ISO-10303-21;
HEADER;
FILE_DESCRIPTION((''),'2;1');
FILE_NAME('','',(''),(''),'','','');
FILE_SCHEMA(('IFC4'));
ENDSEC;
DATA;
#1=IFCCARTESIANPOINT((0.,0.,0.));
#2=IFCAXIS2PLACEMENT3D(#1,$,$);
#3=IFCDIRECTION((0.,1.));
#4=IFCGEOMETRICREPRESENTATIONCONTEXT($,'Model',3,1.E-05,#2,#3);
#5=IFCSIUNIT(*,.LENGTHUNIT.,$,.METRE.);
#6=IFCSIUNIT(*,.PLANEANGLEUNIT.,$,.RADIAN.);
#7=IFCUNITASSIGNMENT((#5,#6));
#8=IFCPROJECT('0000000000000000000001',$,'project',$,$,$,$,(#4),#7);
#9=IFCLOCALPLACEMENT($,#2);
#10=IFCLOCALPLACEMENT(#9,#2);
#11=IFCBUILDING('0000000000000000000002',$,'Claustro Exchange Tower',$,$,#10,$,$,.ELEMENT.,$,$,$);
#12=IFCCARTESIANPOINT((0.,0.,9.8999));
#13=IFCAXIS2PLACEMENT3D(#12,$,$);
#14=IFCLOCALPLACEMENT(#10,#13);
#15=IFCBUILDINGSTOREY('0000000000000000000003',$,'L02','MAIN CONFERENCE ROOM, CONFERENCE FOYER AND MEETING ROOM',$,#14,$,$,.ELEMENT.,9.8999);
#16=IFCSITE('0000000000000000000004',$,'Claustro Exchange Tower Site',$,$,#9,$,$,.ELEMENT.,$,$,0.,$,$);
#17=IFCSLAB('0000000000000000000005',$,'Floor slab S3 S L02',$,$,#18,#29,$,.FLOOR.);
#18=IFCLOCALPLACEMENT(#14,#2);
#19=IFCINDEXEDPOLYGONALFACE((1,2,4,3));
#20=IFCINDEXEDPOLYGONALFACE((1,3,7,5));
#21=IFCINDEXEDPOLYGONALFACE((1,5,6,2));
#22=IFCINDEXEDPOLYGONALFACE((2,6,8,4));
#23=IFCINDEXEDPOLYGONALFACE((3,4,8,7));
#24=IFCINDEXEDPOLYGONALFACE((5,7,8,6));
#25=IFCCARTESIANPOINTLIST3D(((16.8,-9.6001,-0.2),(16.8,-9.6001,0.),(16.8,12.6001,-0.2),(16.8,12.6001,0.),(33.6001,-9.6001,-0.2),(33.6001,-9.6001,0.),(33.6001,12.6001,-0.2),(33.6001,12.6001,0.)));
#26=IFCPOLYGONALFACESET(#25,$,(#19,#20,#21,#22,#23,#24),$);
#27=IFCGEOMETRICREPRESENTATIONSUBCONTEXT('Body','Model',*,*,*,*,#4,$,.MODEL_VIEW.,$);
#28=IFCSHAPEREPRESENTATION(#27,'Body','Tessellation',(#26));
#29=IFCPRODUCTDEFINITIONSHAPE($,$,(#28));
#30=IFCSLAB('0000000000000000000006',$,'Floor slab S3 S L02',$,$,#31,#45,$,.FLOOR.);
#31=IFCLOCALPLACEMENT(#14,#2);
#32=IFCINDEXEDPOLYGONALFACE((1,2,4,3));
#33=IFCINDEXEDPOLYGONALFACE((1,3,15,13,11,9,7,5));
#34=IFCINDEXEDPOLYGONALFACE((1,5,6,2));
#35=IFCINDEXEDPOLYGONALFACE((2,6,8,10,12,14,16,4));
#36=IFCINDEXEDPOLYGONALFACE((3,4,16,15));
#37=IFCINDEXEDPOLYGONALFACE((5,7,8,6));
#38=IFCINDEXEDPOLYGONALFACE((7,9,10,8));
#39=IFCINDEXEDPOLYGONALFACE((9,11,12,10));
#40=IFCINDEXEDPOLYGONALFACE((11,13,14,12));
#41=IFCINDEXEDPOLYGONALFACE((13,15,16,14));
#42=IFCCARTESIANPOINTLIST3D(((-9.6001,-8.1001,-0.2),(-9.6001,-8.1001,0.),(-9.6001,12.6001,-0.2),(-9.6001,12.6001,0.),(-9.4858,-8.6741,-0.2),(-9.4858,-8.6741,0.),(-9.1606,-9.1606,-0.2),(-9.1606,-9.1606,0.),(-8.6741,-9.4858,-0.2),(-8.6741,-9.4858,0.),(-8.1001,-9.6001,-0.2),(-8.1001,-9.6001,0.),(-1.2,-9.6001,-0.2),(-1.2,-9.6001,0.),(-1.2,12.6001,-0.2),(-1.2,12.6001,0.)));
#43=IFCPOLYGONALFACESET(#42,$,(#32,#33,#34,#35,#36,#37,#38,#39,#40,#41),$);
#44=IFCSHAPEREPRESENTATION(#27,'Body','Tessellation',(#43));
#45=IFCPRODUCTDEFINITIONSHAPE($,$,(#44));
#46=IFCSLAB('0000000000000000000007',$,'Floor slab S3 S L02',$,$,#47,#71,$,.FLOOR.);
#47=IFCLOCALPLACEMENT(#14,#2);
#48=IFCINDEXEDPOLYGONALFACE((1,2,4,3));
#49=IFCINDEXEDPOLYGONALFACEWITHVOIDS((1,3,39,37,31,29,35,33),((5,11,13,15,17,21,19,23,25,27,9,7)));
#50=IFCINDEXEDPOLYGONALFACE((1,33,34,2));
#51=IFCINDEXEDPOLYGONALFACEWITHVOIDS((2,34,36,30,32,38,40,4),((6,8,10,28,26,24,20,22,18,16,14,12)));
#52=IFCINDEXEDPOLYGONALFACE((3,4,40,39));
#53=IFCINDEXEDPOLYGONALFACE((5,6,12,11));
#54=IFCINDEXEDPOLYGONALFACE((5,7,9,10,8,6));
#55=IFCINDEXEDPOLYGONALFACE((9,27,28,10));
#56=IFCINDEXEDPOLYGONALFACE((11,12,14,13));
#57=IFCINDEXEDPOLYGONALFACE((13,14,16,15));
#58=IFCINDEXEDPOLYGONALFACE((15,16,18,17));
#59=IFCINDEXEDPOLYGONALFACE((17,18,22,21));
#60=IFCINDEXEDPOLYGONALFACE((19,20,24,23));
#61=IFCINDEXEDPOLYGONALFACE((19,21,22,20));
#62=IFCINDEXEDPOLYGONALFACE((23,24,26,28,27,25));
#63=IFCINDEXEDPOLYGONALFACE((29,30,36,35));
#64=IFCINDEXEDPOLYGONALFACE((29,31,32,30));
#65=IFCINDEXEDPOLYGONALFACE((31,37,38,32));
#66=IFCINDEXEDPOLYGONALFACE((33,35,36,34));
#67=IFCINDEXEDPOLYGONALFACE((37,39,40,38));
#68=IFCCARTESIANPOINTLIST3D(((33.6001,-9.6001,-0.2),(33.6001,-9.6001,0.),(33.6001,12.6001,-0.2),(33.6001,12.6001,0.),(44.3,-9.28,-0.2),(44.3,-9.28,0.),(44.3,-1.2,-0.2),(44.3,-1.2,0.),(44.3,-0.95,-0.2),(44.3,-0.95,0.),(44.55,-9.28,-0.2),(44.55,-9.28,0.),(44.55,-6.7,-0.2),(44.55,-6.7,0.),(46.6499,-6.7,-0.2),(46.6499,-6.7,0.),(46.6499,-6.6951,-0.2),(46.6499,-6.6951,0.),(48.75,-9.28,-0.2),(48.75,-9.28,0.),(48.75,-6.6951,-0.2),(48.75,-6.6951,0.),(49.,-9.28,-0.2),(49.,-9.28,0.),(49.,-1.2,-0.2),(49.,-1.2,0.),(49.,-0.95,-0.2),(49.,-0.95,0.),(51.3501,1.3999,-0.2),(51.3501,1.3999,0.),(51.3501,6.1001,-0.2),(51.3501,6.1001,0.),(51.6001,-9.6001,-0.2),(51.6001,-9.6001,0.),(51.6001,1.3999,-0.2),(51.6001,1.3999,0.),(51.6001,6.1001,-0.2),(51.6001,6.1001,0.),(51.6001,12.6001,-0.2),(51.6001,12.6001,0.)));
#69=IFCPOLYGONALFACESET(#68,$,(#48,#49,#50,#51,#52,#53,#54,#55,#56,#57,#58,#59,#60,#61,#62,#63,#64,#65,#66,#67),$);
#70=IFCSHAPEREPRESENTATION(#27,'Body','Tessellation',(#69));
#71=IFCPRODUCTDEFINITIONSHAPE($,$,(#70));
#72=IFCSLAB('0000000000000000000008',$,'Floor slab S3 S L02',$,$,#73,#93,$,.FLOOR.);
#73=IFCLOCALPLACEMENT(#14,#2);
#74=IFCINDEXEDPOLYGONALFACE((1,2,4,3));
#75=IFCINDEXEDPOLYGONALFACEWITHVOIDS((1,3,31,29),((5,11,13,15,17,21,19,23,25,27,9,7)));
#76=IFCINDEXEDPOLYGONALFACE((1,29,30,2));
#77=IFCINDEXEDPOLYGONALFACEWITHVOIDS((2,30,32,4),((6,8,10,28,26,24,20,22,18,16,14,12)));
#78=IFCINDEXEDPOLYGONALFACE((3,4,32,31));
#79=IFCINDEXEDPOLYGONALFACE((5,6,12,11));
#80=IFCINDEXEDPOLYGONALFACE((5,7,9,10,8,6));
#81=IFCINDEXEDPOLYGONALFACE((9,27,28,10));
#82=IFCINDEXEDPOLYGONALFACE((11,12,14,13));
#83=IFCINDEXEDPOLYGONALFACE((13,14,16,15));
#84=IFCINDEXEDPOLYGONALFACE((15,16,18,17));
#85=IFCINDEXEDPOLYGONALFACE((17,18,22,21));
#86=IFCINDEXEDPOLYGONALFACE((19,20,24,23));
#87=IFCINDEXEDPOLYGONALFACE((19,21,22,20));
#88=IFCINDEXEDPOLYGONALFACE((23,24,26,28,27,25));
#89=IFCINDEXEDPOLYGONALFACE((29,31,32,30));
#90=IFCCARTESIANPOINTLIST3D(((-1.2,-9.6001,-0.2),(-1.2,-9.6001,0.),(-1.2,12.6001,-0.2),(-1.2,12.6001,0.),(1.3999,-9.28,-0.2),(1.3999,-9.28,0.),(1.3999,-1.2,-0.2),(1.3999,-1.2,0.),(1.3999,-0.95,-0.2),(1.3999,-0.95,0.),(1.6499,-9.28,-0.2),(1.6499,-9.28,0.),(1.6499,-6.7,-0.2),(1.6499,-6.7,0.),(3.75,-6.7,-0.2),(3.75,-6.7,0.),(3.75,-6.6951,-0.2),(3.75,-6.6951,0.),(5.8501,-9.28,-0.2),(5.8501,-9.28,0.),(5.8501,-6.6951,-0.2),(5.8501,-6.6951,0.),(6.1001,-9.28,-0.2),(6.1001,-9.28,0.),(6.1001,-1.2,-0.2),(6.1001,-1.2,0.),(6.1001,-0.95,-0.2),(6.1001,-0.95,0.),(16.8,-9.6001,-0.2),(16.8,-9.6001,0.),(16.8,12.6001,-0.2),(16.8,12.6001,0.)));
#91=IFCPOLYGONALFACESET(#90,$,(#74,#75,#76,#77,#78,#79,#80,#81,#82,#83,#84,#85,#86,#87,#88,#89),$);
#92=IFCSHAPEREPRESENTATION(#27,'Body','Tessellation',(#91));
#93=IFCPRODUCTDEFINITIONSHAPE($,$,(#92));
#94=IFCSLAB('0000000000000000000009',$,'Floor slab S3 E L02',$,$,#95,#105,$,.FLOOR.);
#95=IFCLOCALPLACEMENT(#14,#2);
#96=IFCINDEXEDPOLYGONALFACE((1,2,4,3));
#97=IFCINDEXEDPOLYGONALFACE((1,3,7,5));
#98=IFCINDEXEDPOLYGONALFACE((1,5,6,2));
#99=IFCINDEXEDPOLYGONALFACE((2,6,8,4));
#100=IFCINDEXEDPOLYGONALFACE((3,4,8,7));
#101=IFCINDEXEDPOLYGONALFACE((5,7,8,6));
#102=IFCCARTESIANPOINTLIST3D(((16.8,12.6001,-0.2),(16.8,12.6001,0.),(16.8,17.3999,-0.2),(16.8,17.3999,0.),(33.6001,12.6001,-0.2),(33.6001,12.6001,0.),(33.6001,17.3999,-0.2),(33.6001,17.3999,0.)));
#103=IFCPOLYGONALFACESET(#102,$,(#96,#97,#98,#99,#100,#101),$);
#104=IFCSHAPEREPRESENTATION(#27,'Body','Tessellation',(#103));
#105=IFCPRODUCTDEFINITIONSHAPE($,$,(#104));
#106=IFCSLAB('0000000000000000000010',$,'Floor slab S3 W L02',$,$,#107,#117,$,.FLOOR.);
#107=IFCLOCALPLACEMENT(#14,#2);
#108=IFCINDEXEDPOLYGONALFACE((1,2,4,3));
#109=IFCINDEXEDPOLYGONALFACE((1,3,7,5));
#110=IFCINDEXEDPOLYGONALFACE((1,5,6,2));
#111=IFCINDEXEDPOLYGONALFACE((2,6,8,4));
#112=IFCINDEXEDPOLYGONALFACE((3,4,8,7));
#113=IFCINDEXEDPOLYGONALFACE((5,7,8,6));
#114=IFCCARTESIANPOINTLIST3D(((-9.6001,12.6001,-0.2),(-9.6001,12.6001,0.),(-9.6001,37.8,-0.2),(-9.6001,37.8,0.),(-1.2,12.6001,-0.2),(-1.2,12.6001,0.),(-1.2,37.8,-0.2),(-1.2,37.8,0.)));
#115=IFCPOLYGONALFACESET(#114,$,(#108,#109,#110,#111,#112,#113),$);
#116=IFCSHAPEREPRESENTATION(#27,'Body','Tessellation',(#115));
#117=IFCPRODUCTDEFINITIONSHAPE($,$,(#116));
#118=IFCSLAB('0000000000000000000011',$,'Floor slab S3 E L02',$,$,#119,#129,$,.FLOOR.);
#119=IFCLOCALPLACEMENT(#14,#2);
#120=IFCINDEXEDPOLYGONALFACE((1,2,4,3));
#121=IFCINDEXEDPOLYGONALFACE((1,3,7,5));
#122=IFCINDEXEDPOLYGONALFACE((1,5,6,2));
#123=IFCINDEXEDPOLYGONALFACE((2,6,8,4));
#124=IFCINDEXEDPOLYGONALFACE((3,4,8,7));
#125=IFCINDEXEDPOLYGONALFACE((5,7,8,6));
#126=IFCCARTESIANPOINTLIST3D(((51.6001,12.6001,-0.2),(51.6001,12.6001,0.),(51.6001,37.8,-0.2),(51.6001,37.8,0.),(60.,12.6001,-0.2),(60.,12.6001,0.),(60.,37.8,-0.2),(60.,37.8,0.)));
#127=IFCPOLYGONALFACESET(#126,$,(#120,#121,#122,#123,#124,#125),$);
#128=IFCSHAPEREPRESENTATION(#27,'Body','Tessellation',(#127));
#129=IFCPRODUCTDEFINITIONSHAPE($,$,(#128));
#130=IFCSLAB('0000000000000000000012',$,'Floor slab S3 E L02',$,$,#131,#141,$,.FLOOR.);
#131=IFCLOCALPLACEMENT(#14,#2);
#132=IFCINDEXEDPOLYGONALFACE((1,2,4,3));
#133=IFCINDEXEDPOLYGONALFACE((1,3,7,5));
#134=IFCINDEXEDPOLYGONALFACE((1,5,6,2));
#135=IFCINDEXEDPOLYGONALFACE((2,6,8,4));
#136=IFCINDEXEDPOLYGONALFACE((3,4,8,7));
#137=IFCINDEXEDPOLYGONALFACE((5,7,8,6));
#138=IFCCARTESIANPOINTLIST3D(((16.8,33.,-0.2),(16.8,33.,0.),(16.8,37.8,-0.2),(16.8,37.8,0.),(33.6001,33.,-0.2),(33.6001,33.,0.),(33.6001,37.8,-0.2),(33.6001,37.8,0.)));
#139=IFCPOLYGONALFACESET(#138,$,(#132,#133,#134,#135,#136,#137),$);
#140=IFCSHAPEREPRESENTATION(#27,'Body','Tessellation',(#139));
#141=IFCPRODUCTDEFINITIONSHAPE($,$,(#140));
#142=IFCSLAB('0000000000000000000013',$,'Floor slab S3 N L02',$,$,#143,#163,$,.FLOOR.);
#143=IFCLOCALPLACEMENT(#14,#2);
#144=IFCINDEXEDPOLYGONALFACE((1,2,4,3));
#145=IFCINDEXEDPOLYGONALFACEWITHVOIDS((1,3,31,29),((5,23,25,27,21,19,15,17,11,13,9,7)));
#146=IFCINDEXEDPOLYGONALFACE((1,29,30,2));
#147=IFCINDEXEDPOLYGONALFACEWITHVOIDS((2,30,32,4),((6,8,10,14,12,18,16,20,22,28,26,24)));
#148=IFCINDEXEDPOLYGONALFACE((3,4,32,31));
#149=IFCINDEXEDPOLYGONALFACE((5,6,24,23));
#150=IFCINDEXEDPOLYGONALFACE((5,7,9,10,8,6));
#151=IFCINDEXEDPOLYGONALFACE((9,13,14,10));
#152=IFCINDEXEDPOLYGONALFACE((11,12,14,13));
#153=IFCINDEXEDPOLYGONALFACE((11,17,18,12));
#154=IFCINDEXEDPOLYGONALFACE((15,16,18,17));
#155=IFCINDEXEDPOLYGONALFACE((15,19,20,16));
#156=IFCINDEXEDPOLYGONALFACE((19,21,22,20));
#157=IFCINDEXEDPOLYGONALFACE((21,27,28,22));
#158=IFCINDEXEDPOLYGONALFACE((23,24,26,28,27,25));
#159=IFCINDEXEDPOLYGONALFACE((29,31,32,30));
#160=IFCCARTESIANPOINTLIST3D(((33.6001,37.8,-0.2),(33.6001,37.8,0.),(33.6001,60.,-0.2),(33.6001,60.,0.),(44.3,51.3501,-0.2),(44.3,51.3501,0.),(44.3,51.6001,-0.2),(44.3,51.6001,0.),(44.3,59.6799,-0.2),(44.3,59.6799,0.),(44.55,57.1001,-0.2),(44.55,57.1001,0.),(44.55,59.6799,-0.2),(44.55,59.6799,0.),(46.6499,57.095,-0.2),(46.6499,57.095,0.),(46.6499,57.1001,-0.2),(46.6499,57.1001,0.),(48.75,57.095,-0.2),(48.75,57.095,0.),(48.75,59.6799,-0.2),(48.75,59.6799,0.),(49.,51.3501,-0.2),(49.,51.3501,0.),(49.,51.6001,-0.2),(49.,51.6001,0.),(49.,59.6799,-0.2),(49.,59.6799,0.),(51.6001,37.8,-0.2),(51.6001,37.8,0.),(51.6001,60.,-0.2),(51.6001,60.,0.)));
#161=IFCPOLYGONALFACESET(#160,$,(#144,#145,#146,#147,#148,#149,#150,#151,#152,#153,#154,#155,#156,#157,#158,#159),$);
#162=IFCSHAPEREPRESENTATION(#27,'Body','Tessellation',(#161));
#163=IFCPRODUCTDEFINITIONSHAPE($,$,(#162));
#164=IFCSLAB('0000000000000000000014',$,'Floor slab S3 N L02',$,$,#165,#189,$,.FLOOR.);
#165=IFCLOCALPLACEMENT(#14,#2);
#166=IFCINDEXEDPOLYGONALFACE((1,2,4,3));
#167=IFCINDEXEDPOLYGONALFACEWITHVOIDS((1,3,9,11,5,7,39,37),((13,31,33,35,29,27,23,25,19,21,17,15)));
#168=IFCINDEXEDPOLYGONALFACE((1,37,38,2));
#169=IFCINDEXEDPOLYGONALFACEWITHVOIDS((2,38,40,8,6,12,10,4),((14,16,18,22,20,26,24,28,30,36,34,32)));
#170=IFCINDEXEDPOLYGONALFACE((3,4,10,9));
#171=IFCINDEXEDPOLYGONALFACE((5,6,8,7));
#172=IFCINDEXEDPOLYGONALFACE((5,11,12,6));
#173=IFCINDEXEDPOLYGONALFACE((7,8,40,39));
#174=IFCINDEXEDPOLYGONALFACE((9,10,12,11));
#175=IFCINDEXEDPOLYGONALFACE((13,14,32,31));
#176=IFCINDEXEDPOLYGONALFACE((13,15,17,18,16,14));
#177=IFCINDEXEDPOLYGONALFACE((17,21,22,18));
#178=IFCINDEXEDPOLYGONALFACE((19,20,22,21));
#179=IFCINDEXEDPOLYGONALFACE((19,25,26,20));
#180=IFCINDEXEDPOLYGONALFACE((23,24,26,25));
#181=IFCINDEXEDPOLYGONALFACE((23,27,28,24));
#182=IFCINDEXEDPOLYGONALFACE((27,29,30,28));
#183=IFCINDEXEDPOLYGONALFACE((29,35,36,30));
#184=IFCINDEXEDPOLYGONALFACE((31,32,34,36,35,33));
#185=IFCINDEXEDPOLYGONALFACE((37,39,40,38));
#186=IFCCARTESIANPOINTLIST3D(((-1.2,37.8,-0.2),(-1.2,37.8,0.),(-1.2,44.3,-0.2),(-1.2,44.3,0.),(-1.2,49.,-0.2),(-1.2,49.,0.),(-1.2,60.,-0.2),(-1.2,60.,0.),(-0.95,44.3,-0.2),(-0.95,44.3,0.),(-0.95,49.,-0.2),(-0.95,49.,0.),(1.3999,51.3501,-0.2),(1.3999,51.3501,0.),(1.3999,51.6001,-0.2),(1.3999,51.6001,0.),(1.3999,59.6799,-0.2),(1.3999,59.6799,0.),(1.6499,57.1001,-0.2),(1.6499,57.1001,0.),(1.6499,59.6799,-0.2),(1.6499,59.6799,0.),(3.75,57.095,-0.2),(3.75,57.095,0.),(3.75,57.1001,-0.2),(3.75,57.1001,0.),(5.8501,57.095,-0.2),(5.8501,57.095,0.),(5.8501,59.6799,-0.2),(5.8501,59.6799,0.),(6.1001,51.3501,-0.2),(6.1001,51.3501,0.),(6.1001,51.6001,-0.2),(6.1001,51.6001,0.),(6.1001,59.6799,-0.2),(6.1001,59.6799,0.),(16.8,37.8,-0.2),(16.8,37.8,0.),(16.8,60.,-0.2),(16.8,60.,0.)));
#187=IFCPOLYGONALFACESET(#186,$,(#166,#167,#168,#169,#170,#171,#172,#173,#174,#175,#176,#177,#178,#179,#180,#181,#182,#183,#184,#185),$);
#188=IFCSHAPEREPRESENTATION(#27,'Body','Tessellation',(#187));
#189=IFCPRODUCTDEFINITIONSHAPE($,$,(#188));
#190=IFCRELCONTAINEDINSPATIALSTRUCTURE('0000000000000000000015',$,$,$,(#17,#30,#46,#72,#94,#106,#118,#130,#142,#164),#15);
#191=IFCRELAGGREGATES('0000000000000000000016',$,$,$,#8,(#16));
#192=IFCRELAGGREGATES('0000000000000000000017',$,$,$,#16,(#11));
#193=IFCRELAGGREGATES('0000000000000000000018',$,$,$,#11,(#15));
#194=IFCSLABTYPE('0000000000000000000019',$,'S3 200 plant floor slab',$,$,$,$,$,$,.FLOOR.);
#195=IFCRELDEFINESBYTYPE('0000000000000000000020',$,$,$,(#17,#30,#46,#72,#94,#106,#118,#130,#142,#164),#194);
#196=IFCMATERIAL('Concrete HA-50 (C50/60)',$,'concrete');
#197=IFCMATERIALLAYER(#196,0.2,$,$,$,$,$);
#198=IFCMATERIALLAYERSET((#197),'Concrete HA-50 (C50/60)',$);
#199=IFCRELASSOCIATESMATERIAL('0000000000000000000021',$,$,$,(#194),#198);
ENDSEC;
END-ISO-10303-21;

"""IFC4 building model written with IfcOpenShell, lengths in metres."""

from ifc_helpers import new_model, si_unit, direction, frame, origin, place, context, subcontext, project, spatial, polyline, outline, extrude, material, layer, layer_set, type_object, element, save


model = new_model("IFC4")

# Units and contexts
model_context = context("Model", 3, precision=1e-05, world=origin(), true_north=direction((0.0, 1.0)))
body_context = subcontext(model_context, "Body", "Model", "MODEL_VIEW")
ifc_project = project(units=[si_unit("LENGTHUNIT", "METRE"), si_unit("PLANEANGLEUNIT", "RADIAN")], contexts=[model_context])

# Site, building, storey
site_placement = place(None, origin())
site = spatial("IfcSite", under=ifc_project, at=site_placement, Name="Claustro Exchange Tower Site", CompositionType="ELEMENT", RefElevation=0.0)
building_placement = place(site_placement, origin())
building = spatial("IfcBuilding", under=site, at=building_placement, Name="Claustro Exchange Tower", CompositionType="ELEMENT")
storey_placement = place(building_placement, frame((0.0, 0.0, 9.8999)))
storey = spatial("IfcBuildingStorey", under=building, at=storey_placement, Name="L02", Description="MAIN CONFERENCE ROOM, CONFERENCE FOYER AND MEETING ROOM", CompositionType="ELEMENT", Elevation=9.8999)

# Slabs
ifc_material_1 = material(Name="Concrete HA-50 (C50/60)", Category="concrete")
ifc_layer_1 = layer(ifc_material_1, 0.2)
ifc_layer_set_1 = layer_set([ifc_layer_1], Name="Concrete HA-50 (C50/60)")
slab_type_1 = type_object("IfcSlabType", Name="S3 200 plant floor slab", PredefinedType="FLOOR", material=ifc_layer_set_1)
slab_1_placement = place(storey_placement, frame((0.0, 0.0, -0.2)))
element("IfcSlab", 1, at=slab_1_placement, inside=storey, type_object=slab_type_1, Name="Floor slab S3 S L02", PredefinedType="FLOOR", context=body_context, shape_type="SweptSolid", body=[
    extrude(outline(polyline([(16.8, -9.6001), (33.6001, -9.6001), (33.6001, 12.6001), (16.8, 12.6001), (16.8, -9.6001)])), origin(), (0.0, 0.0, 1.0), 0.2),
])
slab_2_placement = place(storey_placement, frame((0.0, 0.0, -0.2)))
element("IfcSlab", 2, at=slab_2_placement, inside=storey, type_object=slab_type_1, Name="Floor slab S3 S L02", PredefinedType="FLOOR", context=body_context, shape_type="SweptSolid", body=[
    extrude(outline(polyline([(-8.1001, -9.6001), (-1.2, -9.6001), (-1.2, 12.6001), (-9.6001, 12.6001), (-9.6001, -8.1001), (-9.4858, -8.6741), (-9.1606, -9.1606), (-8.6741, -9.4858), (-8.1001, -9.6001)])), origin(), (0.0, 0.0, 1.0), 0.2),
])
slab_3_placement = place(storey_placement, frame((0.0, 0.0, -0.2)))
element("IfcSlab", 3, at=slab_3_placement, inside=storey, type_object=slab_type_1, Name="Floor slab S3 S L02", PredefinedType="FLOOR", context=body_context, shape_type="SweptSolid", body=[
    extrude(outline(polyline([(33.6001, -9.6001), (51.6001, -9.6001), (51.6001, 1.3999), (51.3501, 1.3999), (51.3501, 6.1001), (51.6001, 6.1001), (51.6001, 12.6001), (33.6001, 12.6001), (33.6001, -9.6001)]), holes=[polyline([(46.6499, -6.7), (44.55, -6.7), (44.55, -9.28), (44.3, -9.28), (44.3, -1.2), (44.3, -0.95), (49.0, -0.95), (49.0, -1.2), (49.0, -9.28), (48.75, -9.28), (48.75, -6.6951), (46.6499, -6.6951), (46.6499, -6.7)])]), origin(), (0.0, 0.0, 1.0), 0.2),
])
slab_4_placement = place(storey_placement, frame((0.0, 0.0, -0.2)))
element("IfcSlab", 4, at=slab_4_placement, inside=storey, type_object=slab_type_1, Name="Floor slab S3 S L02", PredefinedType="FLOOR", context=body_context, shape_type="SweptSolid", body=[
    extrude(outline(polyline([(-1.2, -9.6001), (16.8, -9.6001), (16.8, 12.6001), (-1.2, 12.6001), (-1.2, -9.6001)]), holes=[polyline([(3.75, -6.7), (1.6499, -6.7), (1.6499, -9.28), (1.3999, -9.28), (1.3999, -1.2), (1.3999, -0.95), (6.1001, -0.95), (6.1001, -1.2), (6.1001, -9.28), (5.8501, -9.28), (5.8501, -6.6951), (3.75, -6.6951), (3.75, -6.7)])]), origin(), (0.0, 0.0, 1.0), 0.2),
])
slab_5_placement = place(storey_placement, frame((0.0, 0.0, -0.2)))
element("IfcSlab", 5, at=slab_5_placement, inside=storey, type_object=slab_type_1, Name="Floor slab S3 E L02", PredefinedType="FLOOR", context=body_context, shape_type="SweptSolid", body=[
    extrude(outline(polyline([(16.8, 17.3999), (16.8, 12.6001), (33.6001, 12.6001), (33.6001, 17.3999), (16.8, 17.3999)])), origin(), (0.0, 0.0, 1.0), 0.2),
])
slab_6_placement = place(storey_placement, frame((0.0, 0.0, -0.2)))
element("IfcSlab", 6, at=slab_6_placement, inside=storey, type_object=slab_type_1, Name="Floor slab S3 W L02", PredefinedType="FLOOR", context=body_context, shape_type="SweptSolid", body=[
    extrude(outline(polyline([(-9.6001, 37.8), (-9.6001, 12.6001), (-1.2, 12.6001), (-1.2, 37.8), (-9.6001, 37.8)])), origin(), (0.0, 0.0, 1.0), 0.2),
])
slab_7_placement = place(storey_placement, frame((0.0, 0.0, -0.2)))
element("IfcSlab", 7, at=slab_7_placement, inside=storey, type_object=slab_type_1, Name="Floor slab S3 E L02", PredefinedType="FLOOR", context=body_context, shape_type="SweptSolid", body=[
    extrude(outline(polyline([(60.0, 12.6001), (60.0, 37.8), (51.6001, 37.8), (51.6001, 12.6001), (60.0, 12.6001)])), origin(), (0.0, 0.0, 1.0), 0.2),
])
slab_8_placement = place(storey_placement, frame((0.0, 0.0, -0.2)))
element("IfcSlab", 8, at=slab_8_placement, inside=storey, type_object=slab_type_1, Name="Floor slab S3 E L02", PredefinedType="FLOOR", context=body_context, shape_type="SweptSolid", body=[
    extrude(outline(polyline([(33.6001, 33.0), (33.6001, 37.8), (16.8, 37.8), (16.8, 33.0), (33.6001, 33.0)])), origin(), (0.0, 0.0, 1.0), 0.2),
])
slab_9_placement = place(storey_placement, frame((0.0, 0.0, -0.2)))
element("IfcSlab", 9, at=slab_9_placement, inside=storey, type_object=slab_type_1, Name="Floor slab S3 N L02", PredefinedType="FLOOR", context=body_context, shape_type="SweptSolid", body=[
    extrude(outline(polyline([(51.6001, 60.0), (33.6001, 60.0), (33.6001, 37.8), (51.6001, 37.8), (51.6001, 60.0)]), holes=[polyline([(48.75, 59.6799), (49.0, 59.6799), (49.0, 51.6001), (49.0, 51.3501), (44.3, 51.3501), (44.3, 51.6001), (44.3, 59.6799), (44.55, 59.6799), (44.55, 57.1001), (46.6499, 57.1001), (46.6499, 57.095), (48.75, 57.095), (48.75, 59.6799)])]), origin(), (0.0, 0.0, 1.0), 0.2),
])
slab_10_placement = place(storey_placement, frame((0.0, 0.0, -0.2)))
element("IfcSlab", 10, at=slab_10_placement, inside=storey, type_object=slab_type_1, Name="Floor slab S3 N L02", PredefinedType="FLOOR", context=body_context, shape_type="SweptSolid", body=[
    extrude(outline(polyline([(16.8, 60.0), (-1.2, 60.0), (-1.2, 49.0), (-0.95, 49.0), (-0.95, 44.3), (-1.2, 44.3), (-1.2, 37.8), (16.8, 37.8), (16.8, 60.0)]), holes=[polyline([(5.8501, 59.6799), (6.1001, 59.6799), (6.1001, 51.6001), (6.1001, 51.3501), (1.3999, 51.3501), (1.3999, 51.6001), (1.3999, 59.6799), (1.6499, 59.6799), (1.6499, 57.1001), (3.75, 57.1001), (3.75, 57.095), (5.8501, 57.095), (5.8501, 59.6799)])]), origin(), (0.0, 0.0, 1.0), 0.2),
])

save(model, "model.ifc")
